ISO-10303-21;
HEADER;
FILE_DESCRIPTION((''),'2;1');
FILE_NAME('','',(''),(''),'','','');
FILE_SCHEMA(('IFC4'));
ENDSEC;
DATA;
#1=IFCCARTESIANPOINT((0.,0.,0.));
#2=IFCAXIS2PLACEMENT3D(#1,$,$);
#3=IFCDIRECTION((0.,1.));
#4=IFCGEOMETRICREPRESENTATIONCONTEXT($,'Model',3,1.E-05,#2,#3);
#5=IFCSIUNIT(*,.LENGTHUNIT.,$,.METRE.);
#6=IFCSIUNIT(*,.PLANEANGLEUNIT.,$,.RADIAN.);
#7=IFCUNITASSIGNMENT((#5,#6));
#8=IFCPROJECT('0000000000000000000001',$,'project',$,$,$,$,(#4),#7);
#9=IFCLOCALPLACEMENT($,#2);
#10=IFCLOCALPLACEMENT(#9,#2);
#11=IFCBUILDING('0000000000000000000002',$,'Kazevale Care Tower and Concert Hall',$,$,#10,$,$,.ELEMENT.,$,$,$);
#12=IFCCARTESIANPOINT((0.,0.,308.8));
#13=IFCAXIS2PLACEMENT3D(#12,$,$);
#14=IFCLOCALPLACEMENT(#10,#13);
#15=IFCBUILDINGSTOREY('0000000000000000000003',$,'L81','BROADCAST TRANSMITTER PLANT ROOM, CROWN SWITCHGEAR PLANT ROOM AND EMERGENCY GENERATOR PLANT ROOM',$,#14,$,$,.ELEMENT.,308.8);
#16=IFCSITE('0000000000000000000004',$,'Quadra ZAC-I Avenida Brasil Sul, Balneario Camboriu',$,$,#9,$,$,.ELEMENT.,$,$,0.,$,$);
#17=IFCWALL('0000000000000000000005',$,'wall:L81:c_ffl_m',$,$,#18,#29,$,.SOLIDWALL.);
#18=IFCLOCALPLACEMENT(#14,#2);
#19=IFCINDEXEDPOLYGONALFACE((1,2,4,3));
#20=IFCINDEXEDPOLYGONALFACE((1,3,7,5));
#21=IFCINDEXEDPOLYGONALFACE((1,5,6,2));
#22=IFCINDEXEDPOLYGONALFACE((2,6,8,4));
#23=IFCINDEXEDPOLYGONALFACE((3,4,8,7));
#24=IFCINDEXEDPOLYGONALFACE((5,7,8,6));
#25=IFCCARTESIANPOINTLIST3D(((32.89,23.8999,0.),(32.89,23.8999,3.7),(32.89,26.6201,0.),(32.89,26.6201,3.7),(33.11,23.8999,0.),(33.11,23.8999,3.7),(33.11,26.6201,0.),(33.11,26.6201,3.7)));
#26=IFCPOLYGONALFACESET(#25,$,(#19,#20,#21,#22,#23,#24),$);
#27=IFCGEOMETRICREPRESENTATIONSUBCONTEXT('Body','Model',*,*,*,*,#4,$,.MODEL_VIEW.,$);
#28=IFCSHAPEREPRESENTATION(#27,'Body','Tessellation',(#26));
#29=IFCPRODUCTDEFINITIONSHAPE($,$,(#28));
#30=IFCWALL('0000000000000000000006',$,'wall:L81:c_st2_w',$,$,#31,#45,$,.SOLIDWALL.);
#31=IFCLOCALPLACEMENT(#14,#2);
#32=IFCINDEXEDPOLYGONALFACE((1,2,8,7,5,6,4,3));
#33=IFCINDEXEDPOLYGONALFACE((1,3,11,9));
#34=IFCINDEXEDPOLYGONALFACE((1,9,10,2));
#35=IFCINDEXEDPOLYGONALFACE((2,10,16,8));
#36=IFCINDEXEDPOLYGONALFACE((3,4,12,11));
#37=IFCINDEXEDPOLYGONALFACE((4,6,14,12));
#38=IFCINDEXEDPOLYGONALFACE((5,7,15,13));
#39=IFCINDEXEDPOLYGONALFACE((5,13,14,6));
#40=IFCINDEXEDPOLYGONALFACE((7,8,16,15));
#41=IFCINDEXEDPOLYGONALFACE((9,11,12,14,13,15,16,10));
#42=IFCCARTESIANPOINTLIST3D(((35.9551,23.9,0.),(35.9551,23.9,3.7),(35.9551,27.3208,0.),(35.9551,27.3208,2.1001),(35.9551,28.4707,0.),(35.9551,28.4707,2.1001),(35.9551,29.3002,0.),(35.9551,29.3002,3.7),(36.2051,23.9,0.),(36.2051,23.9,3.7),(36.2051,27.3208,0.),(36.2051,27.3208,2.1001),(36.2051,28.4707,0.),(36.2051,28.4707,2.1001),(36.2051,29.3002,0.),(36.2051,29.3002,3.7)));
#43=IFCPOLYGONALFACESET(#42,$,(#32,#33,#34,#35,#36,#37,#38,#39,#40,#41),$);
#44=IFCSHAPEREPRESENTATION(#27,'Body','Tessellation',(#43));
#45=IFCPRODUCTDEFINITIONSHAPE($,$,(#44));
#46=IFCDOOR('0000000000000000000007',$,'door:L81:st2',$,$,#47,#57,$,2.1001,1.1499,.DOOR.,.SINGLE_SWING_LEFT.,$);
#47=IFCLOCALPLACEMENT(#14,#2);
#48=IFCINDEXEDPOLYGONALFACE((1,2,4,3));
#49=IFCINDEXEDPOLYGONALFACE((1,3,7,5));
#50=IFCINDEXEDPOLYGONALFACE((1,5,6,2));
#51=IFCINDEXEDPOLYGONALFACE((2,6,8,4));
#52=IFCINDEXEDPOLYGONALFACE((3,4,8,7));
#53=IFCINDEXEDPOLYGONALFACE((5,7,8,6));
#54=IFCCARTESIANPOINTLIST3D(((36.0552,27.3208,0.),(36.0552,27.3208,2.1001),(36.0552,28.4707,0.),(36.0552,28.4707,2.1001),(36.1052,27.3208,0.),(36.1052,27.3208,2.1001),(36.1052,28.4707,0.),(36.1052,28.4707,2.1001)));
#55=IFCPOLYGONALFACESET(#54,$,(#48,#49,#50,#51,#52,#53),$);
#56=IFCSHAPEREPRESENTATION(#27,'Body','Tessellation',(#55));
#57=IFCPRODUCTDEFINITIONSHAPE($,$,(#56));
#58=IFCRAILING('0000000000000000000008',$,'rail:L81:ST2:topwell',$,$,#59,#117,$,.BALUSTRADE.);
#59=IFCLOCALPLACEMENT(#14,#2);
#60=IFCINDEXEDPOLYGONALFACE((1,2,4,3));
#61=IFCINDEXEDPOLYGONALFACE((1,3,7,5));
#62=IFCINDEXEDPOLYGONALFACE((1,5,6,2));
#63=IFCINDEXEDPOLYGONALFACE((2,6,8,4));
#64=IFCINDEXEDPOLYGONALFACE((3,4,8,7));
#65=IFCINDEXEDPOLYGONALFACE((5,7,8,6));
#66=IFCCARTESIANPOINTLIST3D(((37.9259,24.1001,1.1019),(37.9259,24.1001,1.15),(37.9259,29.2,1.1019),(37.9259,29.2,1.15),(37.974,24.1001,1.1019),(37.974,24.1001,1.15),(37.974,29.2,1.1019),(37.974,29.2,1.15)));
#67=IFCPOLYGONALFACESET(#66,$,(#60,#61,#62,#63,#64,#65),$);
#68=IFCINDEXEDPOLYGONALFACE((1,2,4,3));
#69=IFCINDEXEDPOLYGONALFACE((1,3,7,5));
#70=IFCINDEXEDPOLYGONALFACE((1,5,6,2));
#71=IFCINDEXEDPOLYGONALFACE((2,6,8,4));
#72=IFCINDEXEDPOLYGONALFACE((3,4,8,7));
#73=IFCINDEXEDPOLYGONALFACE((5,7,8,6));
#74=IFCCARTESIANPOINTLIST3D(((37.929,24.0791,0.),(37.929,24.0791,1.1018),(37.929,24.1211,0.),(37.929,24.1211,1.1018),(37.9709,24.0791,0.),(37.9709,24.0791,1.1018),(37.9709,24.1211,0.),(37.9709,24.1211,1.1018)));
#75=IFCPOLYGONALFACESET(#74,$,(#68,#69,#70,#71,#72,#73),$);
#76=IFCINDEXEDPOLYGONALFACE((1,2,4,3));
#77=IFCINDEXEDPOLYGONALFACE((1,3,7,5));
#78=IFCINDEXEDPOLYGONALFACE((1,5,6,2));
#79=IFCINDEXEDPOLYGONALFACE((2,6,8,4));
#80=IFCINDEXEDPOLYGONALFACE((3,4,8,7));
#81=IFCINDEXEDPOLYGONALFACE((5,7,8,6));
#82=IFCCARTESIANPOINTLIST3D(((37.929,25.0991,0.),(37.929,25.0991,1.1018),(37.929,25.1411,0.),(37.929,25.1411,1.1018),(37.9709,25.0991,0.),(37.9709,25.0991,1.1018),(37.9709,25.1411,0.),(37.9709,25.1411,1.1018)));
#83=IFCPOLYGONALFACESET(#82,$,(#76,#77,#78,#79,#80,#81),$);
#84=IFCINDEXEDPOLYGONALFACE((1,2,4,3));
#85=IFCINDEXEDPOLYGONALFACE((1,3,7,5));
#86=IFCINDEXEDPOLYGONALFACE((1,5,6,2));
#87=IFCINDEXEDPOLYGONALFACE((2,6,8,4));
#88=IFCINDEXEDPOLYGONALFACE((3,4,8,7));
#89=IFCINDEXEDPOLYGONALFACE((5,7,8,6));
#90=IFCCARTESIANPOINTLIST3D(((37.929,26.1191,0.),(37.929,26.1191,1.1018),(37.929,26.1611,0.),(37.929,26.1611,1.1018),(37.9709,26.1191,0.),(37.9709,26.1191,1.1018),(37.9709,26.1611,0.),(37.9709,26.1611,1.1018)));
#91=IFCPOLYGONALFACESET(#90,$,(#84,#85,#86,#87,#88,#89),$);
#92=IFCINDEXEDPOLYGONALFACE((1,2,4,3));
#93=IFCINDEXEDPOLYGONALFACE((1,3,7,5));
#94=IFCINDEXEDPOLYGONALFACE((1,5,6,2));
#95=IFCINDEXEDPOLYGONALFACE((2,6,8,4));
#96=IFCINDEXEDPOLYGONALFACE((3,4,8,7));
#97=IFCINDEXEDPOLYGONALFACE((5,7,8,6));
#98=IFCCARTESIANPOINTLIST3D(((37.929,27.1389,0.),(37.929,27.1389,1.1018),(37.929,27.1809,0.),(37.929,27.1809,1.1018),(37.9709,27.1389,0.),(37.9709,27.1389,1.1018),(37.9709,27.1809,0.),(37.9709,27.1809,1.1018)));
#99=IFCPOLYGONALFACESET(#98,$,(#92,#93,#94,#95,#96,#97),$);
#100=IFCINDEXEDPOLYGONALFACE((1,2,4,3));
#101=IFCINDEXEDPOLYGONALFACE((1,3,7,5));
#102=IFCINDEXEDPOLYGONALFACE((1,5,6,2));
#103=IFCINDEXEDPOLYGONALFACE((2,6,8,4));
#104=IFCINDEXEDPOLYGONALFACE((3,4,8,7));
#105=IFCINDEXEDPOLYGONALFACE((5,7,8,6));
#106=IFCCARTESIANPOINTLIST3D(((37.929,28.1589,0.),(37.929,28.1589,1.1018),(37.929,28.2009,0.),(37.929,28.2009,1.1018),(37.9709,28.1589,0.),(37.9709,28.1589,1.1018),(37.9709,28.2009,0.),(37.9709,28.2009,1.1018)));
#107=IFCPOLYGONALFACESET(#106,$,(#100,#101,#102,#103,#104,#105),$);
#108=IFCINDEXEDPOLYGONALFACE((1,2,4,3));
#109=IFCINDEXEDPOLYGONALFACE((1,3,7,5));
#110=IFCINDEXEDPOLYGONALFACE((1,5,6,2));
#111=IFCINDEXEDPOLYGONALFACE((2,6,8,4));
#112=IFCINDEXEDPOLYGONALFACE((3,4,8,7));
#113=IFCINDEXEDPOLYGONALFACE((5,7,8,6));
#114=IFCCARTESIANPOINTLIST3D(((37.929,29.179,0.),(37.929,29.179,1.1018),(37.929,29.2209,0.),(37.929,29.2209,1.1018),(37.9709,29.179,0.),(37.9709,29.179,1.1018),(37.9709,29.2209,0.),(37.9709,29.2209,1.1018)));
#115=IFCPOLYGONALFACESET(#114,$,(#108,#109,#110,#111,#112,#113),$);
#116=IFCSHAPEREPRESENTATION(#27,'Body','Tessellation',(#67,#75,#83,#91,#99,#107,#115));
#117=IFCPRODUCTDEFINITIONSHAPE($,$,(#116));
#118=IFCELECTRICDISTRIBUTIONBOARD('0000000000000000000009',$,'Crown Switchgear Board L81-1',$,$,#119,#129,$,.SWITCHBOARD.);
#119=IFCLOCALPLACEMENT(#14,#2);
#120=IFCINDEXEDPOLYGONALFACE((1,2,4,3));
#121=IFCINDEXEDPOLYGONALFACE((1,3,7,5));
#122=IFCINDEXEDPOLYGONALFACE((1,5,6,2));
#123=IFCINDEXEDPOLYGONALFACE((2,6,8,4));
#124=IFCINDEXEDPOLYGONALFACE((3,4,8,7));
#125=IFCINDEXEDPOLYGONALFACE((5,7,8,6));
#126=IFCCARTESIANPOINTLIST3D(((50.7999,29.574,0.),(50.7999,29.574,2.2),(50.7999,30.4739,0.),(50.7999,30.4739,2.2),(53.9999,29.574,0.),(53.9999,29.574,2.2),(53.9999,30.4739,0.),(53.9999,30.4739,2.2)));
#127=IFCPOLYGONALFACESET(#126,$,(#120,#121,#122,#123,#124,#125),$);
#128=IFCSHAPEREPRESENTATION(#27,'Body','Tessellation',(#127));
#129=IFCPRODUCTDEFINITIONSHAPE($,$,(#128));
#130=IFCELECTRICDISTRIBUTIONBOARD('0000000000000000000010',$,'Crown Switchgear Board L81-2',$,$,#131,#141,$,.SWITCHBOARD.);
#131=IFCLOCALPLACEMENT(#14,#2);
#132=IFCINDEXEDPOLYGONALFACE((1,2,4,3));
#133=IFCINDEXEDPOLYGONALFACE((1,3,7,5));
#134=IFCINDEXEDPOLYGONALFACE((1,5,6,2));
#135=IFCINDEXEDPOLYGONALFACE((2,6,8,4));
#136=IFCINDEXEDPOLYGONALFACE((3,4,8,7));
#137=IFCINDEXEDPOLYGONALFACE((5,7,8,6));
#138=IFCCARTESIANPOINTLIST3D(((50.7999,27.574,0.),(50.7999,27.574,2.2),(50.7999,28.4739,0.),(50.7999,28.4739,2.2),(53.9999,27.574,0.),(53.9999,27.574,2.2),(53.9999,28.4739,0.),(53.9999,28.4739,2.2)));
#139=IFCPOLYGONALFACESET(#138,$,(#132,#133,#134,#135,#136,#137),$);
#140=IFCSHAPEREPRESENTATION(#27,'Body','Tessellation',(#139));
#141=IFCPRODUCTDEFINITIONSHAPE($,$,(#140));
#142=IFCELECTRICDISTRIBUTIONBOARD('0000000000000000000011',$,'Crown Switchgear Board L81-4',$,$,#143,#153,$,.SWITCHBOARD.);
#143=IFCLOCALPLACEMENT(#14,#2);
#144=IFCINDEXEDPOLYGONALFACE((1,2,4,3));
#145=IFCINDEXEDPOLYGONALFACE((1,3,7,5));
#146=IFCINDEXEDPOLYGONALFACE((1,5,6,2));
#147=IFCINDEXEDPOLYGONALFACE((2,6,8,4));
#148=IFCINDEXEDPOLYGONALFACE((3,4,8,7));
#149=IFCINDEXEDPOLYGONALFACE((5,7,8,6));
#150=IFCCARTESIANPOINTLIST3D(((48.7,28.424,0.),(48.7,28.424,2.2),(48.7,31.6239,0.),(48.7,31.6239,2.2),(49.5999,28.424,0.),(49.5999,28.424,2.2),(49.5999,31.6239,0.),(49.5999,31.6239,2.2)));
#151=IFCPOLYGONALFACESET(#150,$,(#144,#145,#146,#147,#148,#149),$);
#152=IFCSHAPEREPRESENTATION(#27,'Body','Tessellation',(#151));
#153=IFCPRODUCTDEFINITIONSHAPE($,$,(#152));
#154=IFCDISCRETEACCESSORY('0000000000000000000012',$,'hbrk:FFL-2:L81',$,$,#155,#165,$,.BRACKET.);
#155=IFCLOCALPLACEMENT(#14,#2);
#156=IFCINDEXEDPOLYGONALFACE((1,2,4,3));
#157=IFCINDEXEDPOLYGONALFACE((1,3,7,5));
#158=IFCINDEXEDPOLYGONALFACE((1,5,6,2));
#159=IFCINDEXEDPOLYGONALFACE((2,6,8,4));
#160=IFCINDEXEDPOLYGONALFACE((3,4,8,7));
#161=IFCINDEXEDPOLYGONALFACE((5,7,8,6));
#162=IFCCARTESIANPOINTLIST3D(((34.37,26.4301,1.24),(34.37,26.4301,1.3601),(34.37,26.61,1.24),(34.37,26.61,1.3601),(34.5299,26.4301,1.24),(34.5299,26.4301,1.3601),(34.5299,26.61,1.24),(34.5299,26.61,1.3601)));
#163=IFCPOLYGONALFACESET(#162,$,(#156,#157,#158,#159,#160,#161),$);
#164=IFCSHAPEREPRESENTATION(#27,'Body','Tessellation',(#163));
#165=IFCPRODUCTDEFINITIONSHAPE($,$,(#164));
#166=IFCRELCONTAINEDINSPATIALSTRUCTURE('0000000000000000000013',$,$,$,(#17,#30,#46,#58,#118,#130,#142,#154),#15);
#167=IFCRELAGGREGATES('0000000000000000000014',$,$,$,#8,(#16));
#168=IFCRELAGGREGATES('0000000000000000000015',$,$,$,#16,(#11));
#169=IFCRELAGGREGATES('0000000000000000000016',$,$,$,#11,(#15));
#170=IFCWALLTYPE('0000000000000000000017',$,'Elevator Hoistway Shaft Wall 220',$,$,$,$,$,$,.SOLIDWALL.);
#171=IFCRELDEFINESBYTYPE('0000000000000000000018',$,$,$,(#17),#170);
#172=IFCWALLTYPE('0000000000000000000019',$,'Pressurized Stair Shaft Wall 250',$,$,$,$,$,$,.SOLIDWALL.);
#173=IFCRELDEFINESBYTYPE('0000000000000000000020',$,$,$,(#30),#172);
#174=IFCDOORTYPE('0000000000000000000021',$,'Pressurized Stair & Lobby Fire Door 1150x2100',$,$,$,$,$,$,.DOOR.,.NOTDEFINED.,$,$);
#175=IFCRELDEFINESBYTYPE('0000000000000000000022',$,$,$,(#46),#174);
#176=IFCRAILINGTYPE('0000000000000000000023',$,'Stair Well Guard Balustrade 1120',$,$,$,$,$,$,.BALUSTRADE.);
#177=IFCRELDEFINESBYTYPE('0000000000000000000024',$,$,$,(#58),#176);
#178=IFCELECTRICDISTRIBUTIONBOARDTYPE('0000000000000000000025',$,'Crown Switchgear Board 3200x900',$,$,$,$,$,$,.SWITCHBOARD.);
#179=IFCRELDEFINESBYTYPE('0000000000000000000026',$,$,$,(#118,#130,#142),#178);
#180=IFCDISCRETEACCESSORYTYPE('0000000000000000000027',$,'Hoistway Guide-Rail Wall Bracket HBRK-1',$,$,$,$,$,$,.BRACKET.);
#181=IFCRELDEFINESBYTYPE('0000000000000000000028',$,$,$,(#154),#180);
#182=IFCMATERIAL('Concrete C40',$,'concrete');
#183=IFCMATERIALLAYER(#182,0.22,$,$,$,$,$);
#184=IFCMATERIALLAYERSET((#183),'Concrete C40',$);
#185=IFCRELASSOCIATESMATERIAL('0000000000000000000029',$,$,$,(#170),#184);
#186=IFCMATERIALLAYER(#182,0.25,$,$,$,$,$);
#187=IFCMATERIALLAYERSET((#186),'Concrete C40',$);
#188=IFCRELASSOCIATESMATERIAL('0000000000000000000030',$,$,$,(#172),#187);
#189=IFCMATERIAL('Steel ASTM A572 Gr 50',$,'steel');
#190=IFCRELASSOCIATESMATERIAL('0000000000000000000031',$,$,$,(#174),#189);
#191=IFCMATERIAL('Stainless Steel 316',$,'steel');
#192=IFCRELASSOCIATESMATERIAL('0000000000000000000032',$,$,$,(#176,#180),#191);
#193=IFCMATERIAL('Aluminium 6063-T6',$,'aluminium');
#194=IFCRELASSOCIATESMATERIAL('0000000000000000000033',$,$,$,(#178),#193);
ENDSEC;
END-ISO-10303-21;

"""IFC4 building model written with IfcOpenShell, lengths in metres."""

from ifc_helpers import new_model, si_unit, direction, frame, frame_2d, origin, origin_2d, place, context, subcontext, project, spatial, rectangle, extrude, material, layer, layer_set, type_object, element, fill, save


model = new_model("IFC4")

# Units and contexts
model_context = context("Model", 3, precision=1e-05, world=origin(), true_north=direction((0.0, 1.0)))
body_context = subcontext(model_context, "Body", "Model", "MODEL_VIEW")
ifc_project = project(units=[si_unit("LENGTHUNIT", "METRE"), si_unit("PLANEANGLEUNIT", "RADIAN")], contexts=[model_context])

# Site, building, storey
site_placement = place(None, origin())
site = spatial("IfcSite", under=ifc_project, at=site_placement, Name="Quadra ZAC-I Avenida Brasil Sul, Balneario Camboriu", CompositionType="ELEMENT", RefElevation=0.0)
building_placement = place(site_placement, origin())
building = spatial("IfcBuilding", under=site, at=building_placement, Name="Kazevale Care Tower and Concert Hall", CompositionType="ELEMENT")
storey_placement = place(building_placement, frame((0.0, 0.0, 308.8)))
storey = spatial("IfcBuildingStorey", under=building, at=storey_placement, Name="L81", Description="BROADCAST TRANSMITTER PLANT ROOM, CROWN SWITCHGEAR PLANT ROOM AND EMERGENCY GENERATOR PLANT ROOM", CompositionType="ELEMENT", Elevation=308.8)

# Shared definitions
ifc_material_1 = material(Name="Steel ASTM A572 Gr 50", Category="steel")

# Shared definitions
ifc_material_2 = material(Name="Aluminium 6063-T6", Category="aluminium")

# Wall
ifc_material_3 = material(Name="Concrete C40", Category="concrete")
ifc_layer_1 = layer(ifc_material_3, 0.22)
ifc_layer_set_1 = layer_set([ifc_layer_1], Name="Concrete C40")
wall_type_1 = type_object("IfcWallType", Name="Elevator Hoistway Shaft Wall 220", PredefinedType="SOLIDWALL", material=ifc_layer_set_1)
wall_1_placement = place(storey_placement, frame((33.0, 23.8999, 0.0), z_axis=(0.0, 0.0, 1.0), x_axis=(0.0, 1.0, 0.0)))
element("IfcWall", 1, at=wall_1_placement, inside=storey, type_object=wall_type_1, Name="wall:L81:c_ffl_m", PredefinedType="SOLIDWALL", context=body_context, shape_type="SweptSolid", body=[
    extrude(rectangle(XDim=2.7202, YDim=0.22, at=frame_2d((1.3601, 0.0))), origin(), (0.0, 0.0, 1.0), 3.7),
])

# Wall, opening, door
ifc_layer_2 = layer(ifc_material_3, 0.25)
ifc_layer_set_2 = layer_set([ifc_layer_2], Name="Concrete C40")
wall_type_2 = type_object("IfcWallType", Name="Pressurized Stair Shaft Wall 250", PredefinedType="SOLIDWALL", material=ifc_layer_set_2)
wall_2_placement = place(storey_placement, frame((36.0801, 23.8999, 0.0), z_axis=(0.0, 0.0, 1.0), x_axis=(0.0, 1.0, 0.0)))
wall_2 = element("IfcWall", 2, at=wall_2_placement, inside=storey, type_object=wall_type_2, Name="wall:L81:c_st2_w", PredefinedType="SOLIDWALL", context=body_context, shape_type="SweptSolid", body=[
    extrude(rectangle(XDim=5.4001, YDim=0.25, at=frame_2d((2.7002, 0.0))), origin(), (0.0, 0.0, 1.0), 3.7),
])
opening_1_placement = place(wall_2_placement, frame((3.4209, 0.0, 0.0)))
opening_1 = element("IfcOpeningElement", 3, at=opening_1_placement, cuts=wall_2, PredefinedType="OPENING", context=body_context, shape_type="SweptSolid", body=[
    extrude(rectangle(XDim=1.1499, YDim=2.1001, at=frame_2d((0.575, 1.05))), frame((0.0, 0.135, 0.0), z_axis=(0.0, -1.0, 0.0), x_axis=(1.0, 0.0, 0.0)), (0.0, 0.0, 1.0), 0.27),
])
door_type_1 = type_object("IfcDoorType", Name="Pressurized Stair & Lobby Fire Door 1150x2100", OperationType="NOTDEFINED", PredefinedType="DOOR", material=ifc_material_1)
door_1_placement = place(opening_1_placement, origin())
door_1 = element("IfcDoor", 4, at=door_1_placement, inside=storey, type_object=door_type_1, Name="door:L81:st2", OperationType="SINGLE_SWING_LEFT", OverallHeight=2.1001, OverallWidth=1.1499, PredefinedType="DOOR", context=body_context, shape_type="SweptSolid", body=[
    extrude(rectangle(XDim=1.1499, YDim=2.1001, at=frame_2d((0.575, 1.05))), frame((0.0, 0.0249, 0.0), z_axis=(0.0, -1.0, 0.0), x_axis=(1.0, 0.0, 0.0)), (0.0, 0.0, 1.0), 0.05),
])
fill(opening_1, door_1)

# Railing
ifc_material_4 = material(Name="Stainless Steel 316", Category="steel")
railing_type = type_object("IfcRailingType", Name="Stair Well Guard Balustrade 1120", PredefinedType="BALUSTRADE", material=ifc_material_4)
railing_placement = place(storey_placement, frame((37.95, 24.1001, 0.0)))
element("IfcRailing", 5, at=railing_placement, inside=storey, type_object=railing_type, Name="rail:L81:ST2:topwell", PredefinedType="BALUSTRADE", context=body_context, shape_type="SweptSolid", body=[
    extrude(rectangle(XDim=0.0481, YDim=0.0481, at=origin_2d()), frame((0.0, 0.0, 1.126), z_axis=(0.0, 1.0, 0.0), x_axis=(-1.0, 0.0, 0.0)), (0.0, 0.0, 1.0), 5.0999),
    extrude(rectangle(XDim=0.042, YDim=0.042, at=origin_2d()), origin(), (0.0, 0.0, 1.0), 1.1018),
    extrude(rectangle(XDim=0.042, YDim=0.042, at=origin_2d()), frame((0.0, 1.02, 0.0)), (0.0, 0.0, 1.0), 1.1018),
    extrude(rectangle(XDim=0.042, YDim=0.042, at=origin_2d()), frame((0.0, 2.04, 0.0)), (0.0, 0.0, 1.0), 1.1018),
    extrude(rectangle(XDim=0.042, YDim=0.042, at=origin_2d()), frame((0.0, 3.0598, 0.0)), (0.0, 0.0, 1.0), 1.1018),
    extrude(rectangle(XDim=0.042, YDim=0.042, at=origin_2d()), frame((0.0, 4.0798, 0.0)), (0.0, 0.0, 1.0), 1.1018),
    extrude(rectangle(XDim=0.042, YDim=0.042, at=origin_2d()), frame((0.0, 5.0999, 0.0)), (0.0, 0.0, 1.0), 1.1018),
])

# Electric distribution boards
electric_distribution_board_type = type_object("IfcElectricDistributionBoardType", Name="Crown Switchgear Board 3200x900", PredefinedType="SWITCHBOARD", material=ifc_material_2)
for number, where, z_axis, x_axis, name in (
    (6, (52.3999, 30.0239, 0.0), (0.0, 0.0, 1.0), (1.0, 0.0, 0.0), "Crown Switchgear Board L81-1"),
    (7, (52.3999, 28.0239, 0.0), (0.0, 0.0, 1.0), (1.0, 0.0, 0.0), "Crown Switchgear Board L81-2"),
    (8, (49.1499, 30.0239, 0.0), (0.0, 0.0, 1.0), (0.0, 1.0, 0.0), "Crown Switchgear Board L81-4"),
):
    element("IfcElectricDistributionBoard", number, at=place(storey_placement, frame(where, z_axis=z_axis, x_axis=x_axis)), inside=storey, type_object=electric_distribution_board_type, Name=name, PredefinedType="SWITCHBOARD", context=body_context, shape_type="SweptSolid", body=[
        extrude(rectangle(XDim=3.2, YDim=0.8999, at=origin_2d()), origin(), (0.0, 0.0, 1.0), 2.2),
    ])

# Discrete accessory
discrete_accessory_type = type_object("IfcDiscreteAccessoryType", Name="Hoistway Guide-Rail Wall Bracket HBRK-1", PredefinedType="BRACKET", material=ifc_material_4)
discrete_accessory_placement = place(storey_placement, frame((34.45, 26.52, 1.24), z_axis=(0.0, 0.0, 1.0), x_axis=(1.0, 0.0, 0.0)))
element("IfcDiscreteAccessory", 9, at=discrete_accessory_placement, inside=storey, type_object=discrete_accessory_type, Name="hbrk:FFL-2:L81", PredefinedType="BRACKET", context=body_context, shape_type="SweptSolid", body=[
    extrude(rectangle(XDim=0.1599, YDim=0.1799, at=origin_2d()), origin(), (0.0, 0.0, 1.0), 0.1201),
])

save(model, "model.ifc")
